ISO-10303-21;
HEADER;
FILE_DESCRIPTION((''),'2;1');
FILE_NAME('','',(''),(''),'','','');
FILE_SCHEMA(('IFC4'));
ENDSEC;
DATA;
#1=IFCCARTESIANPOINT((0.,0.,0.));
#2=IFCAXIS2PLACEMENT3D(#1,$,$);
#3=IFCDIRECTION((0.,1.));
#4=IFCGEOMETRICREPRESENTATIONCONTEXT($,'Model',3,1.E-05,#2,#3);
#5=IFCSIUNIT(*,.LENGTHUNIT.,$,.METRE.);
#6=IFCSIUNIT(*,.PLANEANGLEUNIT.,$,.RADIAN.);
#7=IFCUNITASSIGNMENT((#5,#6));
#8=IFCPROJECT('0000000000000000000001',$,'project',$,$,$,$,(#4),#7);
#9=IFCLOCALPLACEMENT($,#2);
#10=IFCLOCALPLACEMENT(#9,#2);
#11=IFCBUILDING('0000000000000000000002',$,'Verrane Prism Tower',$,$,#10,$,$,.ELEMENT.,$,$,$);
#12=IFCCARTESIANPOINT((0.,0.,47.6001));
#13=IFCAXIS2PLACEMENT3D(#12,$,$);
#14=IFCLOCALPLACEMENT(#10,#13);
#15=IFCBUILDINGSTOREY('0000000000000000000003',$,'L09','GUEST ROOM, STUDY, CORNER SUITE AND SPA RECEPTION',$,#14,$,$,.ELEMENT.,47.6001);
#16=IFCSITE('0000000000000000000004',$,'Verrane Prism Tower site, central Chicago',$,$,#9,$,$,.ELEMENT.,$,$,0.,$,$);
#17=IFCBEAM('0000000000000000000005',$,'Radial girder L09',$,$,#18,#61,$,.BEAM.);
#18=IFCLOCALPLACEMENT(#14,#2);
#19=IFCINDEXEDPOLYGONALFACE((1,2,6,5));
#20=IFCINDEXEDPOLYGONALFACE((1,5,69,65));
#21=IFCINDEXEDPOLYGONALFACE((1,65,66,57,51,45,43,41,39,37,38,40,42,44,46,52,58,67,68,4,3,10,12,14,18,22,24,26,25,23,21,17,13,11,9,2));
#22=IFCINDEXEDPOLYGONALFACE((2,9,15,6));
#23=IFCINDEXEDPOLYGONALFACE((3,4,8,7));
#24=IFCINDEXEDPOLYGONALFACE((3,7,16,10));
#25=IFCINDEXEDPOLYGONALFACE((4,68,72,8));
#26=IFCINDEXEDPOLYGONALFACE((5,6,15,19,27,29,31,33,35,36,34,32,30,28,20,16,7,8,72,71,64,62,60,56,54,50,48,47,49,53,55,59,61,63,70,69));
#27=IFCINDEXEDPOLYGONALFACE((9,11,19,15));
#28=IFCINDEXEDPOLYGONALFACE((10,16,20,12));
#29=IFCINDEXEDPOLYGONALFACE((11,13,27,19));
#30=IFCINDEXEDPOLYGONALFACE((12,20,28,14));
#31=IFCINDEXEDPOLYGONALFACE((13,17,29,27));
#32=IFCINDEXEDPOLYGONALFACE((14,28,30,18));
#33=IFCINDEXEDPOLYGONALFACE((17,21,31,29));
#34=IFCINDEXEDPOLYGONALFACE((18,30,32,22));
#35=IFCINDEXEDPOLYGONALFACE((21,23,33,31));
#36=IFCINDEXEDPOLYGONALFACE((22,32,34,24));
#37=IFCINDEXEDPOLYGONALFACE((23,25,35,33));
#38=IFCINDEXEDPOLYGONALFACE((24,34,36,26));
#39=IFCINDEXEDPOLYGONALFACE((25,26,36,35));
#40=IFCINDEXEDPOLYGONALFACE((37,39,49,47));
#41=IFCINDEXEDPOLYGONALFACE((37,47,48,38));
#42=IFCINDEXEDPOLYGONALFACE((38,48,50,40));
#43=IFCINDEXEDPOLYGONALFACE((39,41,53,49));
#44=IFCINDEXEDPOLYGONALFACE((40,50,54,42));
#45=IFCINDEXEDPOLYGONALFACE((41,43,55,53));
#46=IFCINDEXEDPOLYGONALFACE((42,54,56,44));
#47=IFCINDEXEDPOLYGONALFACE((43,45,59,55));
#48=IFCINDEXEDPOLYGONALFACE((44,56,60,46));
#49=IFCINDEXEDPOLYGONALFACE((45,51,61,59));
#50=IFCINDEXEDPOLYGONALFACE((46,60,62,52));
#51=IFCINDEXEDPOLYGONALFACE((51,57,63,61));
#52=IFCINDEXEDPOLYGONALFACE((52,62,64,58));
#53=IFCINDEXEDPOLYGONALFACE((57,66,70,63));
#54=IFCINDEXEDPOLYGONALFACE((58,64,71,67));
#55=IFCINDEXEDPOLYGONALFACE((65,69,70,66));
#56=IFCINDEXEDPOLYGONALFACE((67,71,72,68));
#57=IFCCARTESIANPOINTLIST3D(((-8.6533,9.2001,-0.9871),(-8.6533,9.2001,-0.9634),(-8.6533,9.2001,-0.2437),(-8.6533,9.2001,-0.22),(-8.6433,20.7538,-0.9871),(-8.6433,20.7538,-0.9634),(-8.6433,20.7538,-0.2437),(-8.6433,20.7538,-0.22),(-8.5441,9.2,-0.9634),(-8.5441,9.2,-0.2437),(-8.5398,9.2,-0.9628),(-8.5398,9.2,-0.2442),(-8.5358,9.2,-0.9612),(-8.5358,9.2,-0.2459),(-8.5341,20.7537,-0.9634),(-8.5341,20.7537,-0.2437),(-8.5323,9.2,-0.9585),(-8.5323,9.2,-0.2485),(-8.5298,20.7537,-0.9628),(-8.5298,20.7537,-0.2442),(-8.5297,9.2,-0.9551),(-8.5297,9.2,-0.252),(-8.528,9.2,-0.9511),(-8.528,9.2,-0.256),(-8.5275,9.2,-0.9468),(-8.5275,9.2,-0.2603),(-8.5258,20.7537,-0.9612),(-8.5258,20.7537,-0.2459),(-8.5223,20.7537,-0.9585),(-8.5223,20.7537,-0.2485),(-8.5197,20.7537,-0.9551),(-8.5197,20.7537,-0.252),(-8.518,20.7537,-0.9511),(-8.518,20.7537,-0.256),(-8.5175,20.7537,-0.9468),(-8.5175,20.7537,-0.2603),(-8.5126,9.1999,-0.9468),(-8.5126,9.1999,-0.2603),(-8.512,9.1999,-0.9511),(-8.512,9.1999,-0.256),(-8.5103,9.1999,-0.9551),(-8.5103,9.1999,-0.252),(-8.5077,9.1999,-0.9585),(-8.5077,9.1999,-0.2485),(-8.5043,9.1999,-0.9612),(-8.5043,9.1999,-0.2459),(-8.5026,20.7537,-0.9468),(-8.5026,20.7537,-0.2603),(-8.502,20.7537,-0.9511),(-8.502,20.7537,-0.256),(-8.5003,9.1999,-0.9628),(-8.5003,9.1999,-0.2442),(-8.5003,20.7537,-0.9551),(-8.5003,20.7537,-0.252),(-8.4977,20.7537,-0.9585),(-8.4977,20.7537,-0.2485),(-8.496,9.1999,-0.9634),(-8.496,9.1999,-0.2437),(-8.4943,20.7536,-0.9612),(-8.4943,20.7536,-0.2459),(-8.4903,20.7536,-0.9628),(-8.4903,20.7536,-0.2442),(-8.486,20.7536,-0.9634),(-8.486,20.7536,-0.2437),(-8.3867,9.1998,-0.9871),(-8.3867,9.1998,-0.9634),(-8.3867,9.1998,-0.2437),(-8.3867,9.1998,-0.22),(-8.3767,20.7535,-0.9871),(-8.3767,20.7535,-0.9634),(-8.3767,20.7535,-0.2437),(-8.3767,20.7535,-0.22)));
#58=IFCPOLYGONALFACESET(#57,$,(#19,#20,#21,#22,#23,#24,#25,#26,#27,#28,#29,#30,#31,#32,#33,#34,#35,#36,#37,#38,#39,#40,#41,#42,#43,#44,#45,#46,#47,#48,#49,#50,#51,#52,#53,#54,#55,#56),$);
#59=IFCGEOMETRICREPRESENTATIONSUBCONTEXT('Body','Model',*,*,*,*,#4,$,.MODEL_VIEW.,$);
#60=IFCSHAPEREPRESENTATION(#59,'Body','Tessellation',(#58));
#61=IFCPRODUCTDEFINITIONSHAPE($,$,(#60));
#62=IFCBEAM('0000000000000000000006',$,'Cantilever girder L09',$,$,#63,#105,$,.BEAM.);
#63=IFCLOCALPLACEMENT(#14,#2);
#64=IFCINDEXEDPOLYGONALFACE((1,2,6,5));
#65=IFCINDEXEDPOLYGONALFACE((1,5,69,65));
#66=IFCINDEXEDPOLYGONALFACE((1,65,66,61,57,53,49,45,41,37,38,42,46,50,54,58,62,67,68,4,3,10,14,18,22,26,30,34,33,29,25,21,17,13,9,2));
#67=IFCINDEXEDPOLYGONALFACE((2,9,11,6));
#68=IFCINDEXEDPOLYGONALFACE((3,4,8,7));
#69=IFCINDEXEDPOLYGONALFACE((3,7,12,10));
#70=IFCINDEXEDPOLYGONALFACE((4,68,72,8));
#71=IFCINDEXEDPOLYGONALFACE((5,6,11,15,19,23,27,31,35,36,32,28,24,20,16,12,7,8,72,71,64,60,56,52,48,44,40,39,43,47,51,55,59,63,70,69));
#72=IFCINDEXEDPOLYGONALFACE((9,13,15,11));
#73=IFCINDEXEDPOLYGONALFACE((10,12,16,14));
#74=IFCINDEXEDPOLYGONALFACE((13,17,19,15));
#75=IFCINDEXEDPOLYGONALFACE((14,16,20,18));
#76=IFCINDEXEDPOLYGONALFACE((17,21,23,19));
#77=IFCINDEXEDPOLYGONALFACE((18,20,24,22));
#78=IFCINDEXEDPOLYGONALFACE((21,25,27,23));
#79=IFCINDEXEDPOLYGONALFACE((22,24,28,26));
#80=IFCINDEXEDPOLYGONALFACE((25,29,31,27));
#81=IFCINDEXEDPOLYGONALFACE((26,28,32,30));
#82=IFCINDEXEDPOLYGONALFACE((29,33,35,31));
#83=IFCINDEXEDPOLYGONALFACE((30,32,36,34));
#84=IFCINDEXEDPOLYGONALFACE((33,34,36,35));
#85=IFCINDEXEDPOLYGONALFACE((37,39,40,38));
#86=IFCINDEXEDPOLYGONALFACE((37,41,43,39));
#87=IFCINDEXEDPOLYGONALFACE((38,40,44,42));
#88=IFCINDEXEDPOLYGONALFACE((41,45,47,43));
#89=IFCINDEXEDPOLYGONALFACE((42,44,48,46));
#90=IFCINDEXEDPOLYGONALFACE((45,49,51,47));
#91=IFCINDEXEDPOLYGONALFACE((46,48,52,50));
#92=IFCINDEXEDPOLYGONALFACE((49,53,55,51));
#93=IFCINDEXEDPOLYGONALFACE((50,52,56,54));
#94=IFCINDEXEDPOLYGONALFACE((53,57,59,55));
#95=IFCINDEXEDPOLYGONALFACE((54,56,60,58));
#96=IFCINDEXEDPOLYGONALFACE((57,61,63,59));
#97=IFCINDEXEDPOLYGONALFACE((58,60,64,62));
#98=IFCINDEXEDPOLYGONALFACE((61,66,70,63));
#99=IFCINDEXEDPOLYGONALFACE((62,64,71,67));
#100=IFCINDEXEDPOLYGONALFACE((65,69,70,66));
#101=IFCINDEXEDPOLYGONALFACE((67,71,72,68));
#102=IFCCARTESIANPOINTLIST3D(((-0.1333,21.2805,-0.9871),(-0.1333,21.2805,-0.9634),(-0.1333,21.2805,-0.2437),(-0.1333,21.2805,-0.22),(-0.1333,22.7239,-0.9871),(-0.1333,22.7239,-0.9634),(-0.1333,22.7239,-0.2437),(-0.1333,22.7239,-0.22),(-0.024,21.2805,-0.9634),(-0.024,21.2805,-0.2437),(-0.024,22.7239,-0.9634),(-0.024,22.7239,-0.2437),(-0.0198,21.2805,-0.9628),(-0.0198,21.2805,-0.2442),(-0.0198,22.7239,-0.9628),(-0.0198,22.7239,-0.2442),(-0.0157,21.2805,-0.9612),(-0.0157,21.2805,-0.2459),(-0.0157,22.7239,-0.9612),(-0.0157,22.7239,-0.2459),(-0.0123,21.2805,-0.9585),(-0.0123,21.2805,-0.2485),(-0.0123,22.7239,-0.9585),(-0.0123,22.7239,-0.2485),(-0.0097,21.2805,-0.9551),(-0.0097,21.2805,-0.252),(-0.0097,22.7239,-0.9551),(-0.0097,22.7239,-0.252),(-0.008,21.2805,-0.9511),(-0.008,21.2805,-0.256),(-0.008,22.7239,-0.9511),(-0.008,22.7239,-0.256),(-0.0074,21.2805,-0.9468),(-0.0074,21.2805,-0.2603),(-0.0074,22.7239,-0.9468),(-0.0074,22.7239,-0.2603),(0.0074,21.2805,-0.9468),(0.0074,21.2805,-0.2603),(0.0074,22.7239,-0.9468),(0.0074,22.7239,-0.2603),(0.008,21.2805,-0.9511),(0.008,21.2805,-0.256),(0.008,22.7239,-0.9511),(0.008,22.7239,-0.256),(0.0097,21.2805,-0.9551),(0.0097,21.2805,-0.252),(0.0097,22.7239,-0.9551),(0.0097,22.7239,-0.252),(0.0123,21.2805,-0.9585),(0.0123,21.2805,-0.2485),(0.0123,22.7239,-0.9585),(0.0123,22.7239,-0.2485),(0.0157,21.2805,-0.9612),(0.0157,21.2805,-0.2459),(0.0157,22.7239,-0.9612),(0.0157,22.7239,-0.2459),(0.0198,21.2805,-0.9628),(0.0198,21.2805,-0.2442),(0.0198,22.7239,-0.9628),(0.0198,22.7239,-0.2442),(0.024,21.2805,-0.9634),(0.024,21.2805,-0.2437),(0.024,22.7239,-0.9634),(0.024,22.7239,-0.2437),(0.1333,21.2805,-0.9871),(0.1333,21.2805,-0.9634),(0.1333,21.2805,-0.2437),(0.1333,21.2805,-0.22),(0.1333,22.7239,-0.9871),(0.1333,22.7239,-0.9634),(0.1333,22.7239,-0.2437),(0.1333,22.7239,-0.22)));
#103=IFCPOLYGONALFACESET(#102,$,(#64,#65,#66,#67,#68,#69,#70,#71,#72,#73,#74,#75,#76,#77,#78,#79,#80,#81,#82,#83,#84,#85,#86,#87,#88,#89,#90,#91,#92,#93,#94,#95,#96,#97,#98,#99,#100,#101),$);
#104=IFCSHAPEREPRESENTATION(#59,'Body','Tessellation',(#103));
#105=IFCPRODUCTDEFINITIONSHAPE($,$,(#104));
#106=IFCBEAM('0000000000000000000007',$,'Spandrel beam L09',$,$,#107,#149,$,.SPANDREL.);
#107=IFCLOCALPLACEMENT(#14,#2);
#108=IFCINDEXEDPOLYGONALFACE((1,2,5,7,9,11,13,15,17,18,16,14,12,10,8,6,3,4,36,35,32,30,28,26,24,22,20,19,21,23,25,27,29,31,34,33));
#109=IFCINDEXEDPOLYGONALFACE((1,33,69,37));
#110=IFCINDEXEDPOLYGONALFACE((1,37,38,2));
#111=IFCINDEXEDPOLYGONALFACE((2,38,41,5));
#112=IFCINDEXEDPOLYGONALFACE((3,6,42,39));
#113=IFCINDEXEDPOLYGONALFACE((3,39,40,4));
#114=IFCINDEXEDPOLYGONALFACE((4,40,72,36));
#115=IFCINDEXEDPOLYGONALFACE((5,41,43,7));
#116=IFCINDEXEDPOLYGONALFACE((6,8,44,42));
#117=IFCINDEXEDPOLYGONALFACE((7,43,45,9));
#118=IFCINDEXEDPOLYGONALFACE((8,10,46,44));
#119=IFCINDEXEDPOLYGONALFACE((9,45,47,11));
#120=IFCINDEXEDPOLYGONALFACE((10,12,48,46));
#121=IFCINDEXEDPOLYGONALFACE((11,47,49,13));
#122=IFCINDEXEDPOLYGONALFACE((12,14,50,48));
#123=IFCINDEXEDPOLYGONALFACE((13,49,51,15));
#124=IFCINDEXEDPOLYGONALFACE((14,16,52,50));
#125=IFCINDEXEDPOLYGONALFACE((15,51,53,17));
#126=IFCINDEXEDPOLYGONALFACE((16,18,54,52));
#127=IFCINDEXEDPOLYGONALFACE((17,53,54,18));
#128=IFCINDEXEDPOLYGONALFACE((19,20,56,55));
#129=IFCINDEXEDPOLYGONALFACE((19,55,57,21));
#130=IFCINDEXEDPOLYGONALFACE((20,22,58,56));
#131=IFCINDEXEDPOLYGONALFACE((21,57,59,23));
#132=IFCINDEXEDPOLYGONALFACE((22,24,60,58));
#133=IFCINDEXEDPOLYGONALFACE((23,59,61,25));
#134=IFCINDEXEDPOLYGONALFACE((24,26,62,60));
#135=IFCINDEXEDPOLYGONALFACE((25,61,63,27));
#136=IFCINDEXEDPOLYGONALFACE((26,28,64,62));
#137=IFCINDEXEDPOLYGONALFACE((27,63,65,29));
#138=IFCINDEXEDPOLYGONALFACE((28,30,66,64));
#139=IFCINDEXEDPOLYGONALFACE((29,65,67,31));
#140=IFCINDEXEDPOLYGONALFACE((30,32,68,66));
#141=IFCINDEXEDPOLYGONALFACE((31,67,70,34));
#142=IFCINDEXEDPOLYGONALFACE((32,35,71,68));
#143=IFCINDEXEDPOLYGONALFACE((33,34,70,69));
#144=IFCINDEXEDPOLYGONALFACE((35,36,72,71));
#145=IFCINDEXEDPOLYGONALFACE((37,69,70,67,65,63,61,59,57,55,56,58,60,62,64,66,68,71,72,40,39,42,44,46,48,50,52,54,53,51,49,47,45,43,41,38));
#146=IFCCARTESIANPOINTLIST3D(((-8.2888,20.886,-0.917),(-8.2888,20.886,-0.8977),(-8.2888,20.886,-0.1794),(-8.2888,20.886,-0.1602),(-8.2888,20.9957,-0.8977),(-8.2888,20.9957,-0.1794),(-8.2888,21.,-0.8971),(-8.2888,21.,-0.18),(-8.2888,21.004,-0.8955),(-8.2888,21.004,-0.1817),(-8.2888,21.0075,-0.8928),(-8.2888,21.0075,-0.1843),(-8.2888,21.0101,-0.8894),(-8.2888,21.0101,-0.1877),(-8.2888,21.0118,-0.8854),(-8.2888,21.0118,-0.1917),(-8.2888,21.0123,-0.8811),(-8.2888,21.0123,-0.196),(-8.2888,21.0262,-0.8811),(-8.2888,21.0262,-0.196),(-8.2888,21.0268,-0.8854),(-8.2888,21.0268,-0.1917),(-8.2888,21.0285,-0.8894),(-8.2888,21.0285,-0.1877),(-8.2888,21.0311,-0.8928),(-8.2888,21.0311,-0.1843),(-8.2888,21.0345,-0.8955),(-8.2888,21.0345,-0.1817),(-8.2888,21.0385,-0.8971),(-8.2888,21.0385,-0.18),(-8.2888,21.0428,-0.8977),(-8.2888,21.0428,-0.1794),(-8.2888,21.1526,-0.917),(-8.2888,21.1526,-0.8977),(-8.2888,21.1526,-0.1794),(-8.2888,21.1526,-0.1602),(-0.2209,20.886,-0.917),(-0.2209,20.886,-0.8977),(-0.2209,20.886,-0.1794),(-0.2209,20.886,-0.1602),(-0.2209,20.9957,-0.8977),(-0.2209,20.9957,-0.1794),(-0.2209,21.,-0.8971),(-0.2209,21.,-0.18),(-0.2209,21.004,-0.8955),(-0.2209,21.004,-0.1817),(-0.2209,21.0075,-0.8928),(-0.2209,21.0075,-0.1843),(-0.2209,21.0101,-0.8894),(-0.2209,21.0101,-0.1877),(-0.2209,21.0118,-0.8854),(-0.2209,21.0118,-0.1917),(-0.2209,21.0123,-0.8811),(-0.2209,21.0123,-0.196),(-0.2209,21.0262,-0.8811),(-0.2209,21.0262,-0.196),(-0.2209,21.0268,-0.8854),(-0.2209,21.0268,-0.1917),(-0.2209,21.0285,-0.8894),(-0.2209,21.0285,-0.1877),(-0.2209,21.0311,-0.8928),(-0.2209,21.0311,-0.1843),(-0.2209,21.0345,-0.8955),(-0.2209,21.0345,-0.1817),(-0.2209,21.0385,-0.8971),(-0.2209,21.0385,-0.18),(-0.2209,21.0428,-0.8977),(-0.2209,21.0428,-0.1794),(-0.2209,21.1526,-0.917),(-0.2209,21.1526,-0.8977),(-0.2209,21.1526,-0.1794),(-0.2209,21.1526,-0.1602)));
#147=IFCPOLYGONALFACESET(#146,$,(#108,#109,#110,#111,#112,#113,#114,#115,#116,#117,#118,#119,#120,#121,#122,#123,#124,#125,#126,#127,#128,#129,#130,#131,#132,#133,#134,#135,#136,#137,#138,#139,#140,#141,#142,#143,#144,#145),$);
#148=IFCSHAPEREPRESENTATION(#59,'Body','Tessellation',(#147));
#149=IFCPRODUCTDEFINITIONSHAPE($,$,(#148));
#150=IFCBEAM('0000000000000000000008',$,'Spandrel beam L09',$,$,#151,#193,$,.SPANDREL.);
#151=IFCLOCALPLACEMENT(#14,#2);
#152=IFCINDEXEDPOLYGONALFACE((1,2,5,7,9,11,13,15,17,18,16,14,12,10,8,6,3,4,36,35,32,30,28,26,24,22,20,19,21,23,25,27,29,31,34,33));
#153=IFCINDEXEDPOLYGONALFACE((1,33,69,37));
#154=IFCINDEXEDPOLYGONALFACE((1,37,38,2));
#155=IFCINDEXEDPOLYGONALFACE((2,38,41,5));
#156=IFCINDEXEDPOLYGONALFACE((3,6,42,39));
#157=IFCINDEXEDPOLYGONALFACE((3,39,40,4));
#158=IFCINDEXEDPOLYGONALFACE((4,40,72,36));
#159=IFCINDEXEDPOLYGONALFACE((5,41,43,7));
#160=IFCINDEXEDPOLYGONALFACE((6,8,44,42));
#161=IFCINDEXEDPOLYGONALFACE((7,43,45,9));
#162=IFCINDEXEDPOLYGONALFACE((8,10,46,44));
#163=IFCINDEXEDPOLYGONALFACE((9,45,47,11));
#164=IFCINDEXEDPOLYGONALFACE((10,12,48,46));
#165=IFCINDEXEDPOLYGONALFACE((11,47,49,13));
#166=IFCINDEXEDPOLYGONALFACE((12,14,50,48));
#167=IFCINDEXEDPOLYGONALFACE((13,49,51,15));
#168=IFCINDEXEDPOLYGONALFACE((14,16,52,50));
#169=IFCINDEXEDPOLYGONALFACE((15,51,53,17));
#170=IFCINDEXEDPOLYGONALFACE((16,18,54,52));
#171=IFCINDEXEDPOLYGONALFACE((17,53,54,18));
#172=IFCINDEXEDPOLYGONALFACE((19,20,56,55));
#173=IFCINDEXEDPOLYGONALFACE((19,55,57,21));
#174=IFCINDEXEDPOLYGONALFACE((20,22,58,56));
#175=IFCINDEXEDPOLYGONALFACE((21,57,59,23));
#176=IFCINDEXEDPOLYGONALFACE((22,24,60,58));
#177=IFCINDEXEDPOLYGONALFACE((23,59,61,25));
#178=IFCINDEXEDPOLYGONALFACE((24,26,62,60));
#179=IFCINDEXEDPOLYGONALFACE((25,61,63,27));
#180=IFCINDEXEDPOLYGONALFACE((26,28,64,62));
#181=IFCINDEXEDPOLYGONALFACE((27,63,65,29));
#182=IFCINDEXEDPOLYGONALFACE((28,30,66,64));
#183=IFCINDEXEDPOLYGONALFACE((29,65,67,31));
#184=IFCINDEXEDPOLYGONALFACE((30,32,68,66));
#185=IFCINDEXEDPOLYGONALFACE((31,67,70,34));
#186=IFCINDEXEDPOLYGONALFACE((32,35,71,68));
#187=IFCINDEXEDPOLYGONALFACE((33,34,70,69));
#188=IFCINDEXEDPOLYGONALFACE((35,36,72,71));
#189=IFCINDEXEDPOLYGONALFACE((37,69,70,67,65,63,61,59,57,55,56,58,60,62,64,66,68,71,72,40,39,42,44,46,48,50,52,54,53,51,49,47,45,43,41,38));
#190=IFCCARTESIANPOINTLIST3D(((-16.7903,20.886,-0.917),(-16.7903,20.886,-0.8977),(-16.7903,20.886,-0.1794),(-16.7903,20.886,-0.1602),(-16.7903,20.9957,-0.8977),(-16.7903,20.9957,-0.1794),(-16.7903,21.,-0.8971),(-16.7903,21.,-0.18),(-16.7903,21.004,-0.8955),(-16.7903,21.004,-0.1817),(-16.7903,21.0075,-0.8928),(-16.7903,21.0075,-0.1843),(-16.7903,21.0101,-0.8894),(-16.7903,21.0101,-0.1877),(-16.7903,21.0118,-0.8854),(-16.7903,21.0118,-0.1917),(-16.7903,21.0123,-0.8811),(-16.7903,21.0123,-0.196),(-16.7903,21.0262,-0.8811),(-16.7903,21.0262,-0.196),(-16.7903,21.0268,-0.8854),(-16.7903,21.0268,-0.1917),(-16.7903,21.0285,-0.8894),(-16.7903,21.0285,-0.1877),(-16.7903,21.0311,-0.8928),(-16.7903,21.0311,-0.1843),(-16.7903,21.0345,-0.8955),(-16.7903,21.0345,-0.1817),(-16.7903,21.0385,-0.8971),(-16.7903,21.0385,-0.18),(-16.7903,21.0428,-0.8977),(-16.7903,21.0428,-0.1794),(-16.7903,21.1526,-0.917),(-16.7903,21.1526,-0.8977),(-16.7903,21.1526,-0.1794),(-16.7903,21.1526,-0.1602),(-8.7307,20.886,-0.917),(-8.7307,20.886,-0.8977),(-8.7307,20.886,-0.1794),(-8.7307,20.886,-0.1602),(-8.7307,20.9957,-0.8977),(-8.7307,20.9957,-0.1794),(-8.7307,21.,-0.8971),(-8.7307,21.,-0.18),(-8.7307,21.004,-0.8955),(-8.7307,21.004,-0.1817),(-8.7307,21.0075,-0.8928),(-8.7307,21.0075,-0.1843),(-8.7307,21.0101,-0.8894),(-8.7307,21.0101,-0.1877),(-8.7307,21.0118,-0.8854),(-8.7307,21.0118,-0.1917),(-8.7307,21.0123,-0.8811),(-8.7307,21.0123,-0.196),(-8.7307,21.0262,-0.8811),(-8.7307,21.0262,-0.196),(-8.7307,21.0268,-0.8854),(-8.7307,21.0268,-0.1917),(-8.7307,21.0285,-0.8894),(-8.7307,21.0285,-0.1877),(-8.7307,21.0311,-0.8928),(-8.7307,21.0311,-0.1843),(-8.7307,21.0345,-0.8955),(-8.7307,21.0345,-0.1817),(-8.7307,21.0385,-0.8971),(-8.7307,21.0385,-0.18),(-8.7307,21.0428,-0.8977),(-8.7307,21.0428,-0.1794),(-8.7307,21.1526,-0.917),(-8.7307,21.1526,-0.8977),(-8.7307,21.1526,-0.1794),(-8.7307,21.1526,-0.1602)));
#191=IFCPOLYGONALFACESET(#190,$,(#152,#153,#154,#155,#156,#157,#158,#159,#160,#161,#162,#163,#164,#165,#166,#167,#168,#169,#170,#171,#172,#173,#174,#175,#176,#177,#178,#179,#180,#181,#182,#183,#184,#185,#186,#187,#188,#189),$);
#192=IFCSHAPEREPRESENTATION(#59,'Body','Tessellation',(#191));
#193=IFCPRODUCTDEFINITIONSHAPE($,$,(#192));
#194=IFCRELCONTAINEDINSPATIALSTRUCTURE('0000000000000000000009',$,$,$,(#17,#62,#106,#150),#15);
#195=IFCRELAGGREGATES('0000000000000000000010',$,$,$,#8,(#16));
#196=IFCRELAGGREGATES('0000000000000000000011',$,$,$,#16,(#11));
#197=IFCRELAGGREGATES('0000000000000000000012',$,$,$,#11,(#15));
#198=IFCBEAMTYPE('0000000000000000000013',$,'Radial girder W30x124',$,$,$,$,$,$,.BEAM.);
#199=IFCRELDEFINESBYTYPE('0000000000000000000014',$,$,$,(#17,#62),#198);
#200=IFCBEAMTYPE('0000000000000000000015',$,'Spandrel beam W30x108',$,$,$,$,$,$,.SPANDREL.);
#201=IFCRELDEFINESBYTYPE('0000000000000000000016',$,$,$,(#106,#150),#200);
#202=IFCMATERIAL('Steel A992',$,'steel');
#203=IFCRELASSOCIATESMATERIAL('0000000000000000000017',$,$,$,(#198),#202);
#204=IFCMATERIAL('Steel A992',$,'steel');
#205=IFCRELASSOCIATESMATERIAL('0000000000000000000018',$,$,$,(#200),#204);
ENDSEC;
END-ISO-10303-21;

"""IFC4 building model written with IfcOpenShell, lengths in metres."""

from ifc_helpers import new_model, si_unit, direction, frame, origin, origin_2d, place, context, subcontext, project, spatial, i_section, extrude, material, material_profile, profile_set, type_object, element, save


model = new_model("IFC4")

# Units and contexts
model_context = context("Model", 3, precision=1e-05, world=origin(), true_north=direction((0.0, 1.0)))
body_context = subcontext(model_context, "Body", "Model", "MODEL_VIEW")
ifc_project = project(units=[si_unit("LENGTHUNIT", "METRE"), si_unit("PLANEANGLEUNIT", "RADIAN")], contexts=[model_context])

# Site, building, storey
site_placement = place(None, origin())
site = spatial("IfcSite", under=ifc_project, at=site_placement, Name="Verrane Prism Tower site, central Chicago", CompositionType="ELEMENT", RefElevation=0.0)
building_placement = place(site_placement, origin())
building = spatial("IfcBuilding", under=site, at=building_placement, Name="Verrane Prism Tower", CompositionType="ELEMENT")
storey_placement = place(building_placement, frame((0.0, 0.0, 47.6001)))
storey = spatial("IfcBuildingStorey", under=building, at=storey_placement, Name="L09", Description="GUEST ROOM, STUDY, CORNER SUITE AND SPA RECEPTION", CompositionType="ELEMENT", Elevation=47.6001)

# Beams
ifc_material_1 = material(Name="Steel A992", Category="steel")
ifc_material_profile_1 = material_profile(ifc_material_1, i_section(OverallWidth=0.2666, OverallDepth=0.7671, WebThickness=0.0149, FlangeThickness=0.0237, FilletRadius=0.0166, at=origin_2d()), Name="W30x124")
ifc_profile_set_1 = profile_set([ifc_material_profile_1], Name="Steel A992")
beam_type_1 = type_object("IfcBeamType", Name="Radial girder W30x124", PredefinedType="BEAM", material=ifc_profile_set_1)
for number, where, z_axis, x_axis, name in (
    (1, (-8.51, 20.7537, -0.6035), (-0.000866, -1.0, 0.0), (1.0, -0.000866, 0.0), "Radial girder L09"),
):
    element("IfcBeam", number, at=place(storey_placement, frame(where, z_axis=z_axis, x_axis=x_axis)), inside=storey, type_object=beam_type_1, Name=name, PredefinedType="BEAM", context=body_context, shape_type="SweptSolid", body=[
        extrude(i_section(OverallWidth=0.2666, OverallDepth=0.7671, WebThickness=0.0149, FlangeThickness=0.0237, FilletRadius=0.0166, at=origin_2d()), origin(), (0.0, 0.0, 1.0), 11.5537),
    ])
beam_1_placement = place(storey_placement, frame((0.0, 21.2805, -0.6035), z_axis=(0.0, 1.0, 0.0), x_axis=(-1.0, 0.0, 0.0)))
element("IfcBeam", 2, at=beam_1_placement, inside=storey, type_object=beam_type_1, Name="Cantilever girder L09", PredefinedType="BEAM", context=body_context, shape_type="SweptSolid", body=[
    extrude(i_section(OverallWidth=0.2666, OverallDepth=0.7671, WebThickness=0.0149, FlangeThickness=0.0237, FilletRadius=0.0166, at=origin_2d()), origin(), (0.0, 0.0, 1.0), 1.4434),
])
ifc_material_2 = material(Name="Steel A992", Category="steel")
ifc_material_profile_2 = material_profile(ifc_material_2, i_section(OverallWidth=0.2666, OverallDepth=0.7568, WebThickness=0.0139, FlangeThickness=0.0193, FilletRadius=0.0166, at=origin_2d()), Name="W30x108")
ifc_profile_set_2 = profile_set([ifc_material_profile_2], Name="Steel A992")
beam_type_2 = type_object("IfcBeamType", Name="Spandrel beam W30x108", PredefinedType="SPANDREL", material=ifc_profile_set_2)
beam_2_placement = place(storey_placement, frame((-0.2209, 21.0193, -0.5386), z_axis=(-1.0, 0.0, 0.0), x_axis=(0.0, -1.0, 0.0)))
element("IfcBeam", 3, at=beam_2_placement, inside=storey, type_object=beam_type_2, Name="Spandrel beam L09", PredefinedType="SPANDREL", context=body_context, shape_type="SweptSolid", body=[
    extrude(i_section(OverallWidth=0.2666, OverallDepth=0.7568, WebThickness=0.0139, FlangeThickness=0.0193, FilletRadius=0.0166, at=origin_2d()), origin(), (0.0, 0.0, 1.0), 8.0679),
])
beam_3_placement = place(storey_placement, frame((-8.7307, 21.0193, -0.5386), z_axis=(-1.0, 0.0, 0.0), x_axis=(0.0, -1.0, 0.0)))
element("IfcBeam", 4, at=beam_3_placement, inside=storey, type_object=beam_type_2, Name="Spandrel beam L09", PredefinedType="SPANDREL", context=body_context, shape_type="SweptSolid", body=[
    extrude(i_section(OverallWidth=0.2666, OverallDepth=0.7568, WebThickness=0.0139, FlangeThickness=0.0193, FilletRadius=0.0166, at=origin_2d()), origin(), (0.0, 0.0, 1.0), 8.0596),
])

save(model, "model.ifc")
